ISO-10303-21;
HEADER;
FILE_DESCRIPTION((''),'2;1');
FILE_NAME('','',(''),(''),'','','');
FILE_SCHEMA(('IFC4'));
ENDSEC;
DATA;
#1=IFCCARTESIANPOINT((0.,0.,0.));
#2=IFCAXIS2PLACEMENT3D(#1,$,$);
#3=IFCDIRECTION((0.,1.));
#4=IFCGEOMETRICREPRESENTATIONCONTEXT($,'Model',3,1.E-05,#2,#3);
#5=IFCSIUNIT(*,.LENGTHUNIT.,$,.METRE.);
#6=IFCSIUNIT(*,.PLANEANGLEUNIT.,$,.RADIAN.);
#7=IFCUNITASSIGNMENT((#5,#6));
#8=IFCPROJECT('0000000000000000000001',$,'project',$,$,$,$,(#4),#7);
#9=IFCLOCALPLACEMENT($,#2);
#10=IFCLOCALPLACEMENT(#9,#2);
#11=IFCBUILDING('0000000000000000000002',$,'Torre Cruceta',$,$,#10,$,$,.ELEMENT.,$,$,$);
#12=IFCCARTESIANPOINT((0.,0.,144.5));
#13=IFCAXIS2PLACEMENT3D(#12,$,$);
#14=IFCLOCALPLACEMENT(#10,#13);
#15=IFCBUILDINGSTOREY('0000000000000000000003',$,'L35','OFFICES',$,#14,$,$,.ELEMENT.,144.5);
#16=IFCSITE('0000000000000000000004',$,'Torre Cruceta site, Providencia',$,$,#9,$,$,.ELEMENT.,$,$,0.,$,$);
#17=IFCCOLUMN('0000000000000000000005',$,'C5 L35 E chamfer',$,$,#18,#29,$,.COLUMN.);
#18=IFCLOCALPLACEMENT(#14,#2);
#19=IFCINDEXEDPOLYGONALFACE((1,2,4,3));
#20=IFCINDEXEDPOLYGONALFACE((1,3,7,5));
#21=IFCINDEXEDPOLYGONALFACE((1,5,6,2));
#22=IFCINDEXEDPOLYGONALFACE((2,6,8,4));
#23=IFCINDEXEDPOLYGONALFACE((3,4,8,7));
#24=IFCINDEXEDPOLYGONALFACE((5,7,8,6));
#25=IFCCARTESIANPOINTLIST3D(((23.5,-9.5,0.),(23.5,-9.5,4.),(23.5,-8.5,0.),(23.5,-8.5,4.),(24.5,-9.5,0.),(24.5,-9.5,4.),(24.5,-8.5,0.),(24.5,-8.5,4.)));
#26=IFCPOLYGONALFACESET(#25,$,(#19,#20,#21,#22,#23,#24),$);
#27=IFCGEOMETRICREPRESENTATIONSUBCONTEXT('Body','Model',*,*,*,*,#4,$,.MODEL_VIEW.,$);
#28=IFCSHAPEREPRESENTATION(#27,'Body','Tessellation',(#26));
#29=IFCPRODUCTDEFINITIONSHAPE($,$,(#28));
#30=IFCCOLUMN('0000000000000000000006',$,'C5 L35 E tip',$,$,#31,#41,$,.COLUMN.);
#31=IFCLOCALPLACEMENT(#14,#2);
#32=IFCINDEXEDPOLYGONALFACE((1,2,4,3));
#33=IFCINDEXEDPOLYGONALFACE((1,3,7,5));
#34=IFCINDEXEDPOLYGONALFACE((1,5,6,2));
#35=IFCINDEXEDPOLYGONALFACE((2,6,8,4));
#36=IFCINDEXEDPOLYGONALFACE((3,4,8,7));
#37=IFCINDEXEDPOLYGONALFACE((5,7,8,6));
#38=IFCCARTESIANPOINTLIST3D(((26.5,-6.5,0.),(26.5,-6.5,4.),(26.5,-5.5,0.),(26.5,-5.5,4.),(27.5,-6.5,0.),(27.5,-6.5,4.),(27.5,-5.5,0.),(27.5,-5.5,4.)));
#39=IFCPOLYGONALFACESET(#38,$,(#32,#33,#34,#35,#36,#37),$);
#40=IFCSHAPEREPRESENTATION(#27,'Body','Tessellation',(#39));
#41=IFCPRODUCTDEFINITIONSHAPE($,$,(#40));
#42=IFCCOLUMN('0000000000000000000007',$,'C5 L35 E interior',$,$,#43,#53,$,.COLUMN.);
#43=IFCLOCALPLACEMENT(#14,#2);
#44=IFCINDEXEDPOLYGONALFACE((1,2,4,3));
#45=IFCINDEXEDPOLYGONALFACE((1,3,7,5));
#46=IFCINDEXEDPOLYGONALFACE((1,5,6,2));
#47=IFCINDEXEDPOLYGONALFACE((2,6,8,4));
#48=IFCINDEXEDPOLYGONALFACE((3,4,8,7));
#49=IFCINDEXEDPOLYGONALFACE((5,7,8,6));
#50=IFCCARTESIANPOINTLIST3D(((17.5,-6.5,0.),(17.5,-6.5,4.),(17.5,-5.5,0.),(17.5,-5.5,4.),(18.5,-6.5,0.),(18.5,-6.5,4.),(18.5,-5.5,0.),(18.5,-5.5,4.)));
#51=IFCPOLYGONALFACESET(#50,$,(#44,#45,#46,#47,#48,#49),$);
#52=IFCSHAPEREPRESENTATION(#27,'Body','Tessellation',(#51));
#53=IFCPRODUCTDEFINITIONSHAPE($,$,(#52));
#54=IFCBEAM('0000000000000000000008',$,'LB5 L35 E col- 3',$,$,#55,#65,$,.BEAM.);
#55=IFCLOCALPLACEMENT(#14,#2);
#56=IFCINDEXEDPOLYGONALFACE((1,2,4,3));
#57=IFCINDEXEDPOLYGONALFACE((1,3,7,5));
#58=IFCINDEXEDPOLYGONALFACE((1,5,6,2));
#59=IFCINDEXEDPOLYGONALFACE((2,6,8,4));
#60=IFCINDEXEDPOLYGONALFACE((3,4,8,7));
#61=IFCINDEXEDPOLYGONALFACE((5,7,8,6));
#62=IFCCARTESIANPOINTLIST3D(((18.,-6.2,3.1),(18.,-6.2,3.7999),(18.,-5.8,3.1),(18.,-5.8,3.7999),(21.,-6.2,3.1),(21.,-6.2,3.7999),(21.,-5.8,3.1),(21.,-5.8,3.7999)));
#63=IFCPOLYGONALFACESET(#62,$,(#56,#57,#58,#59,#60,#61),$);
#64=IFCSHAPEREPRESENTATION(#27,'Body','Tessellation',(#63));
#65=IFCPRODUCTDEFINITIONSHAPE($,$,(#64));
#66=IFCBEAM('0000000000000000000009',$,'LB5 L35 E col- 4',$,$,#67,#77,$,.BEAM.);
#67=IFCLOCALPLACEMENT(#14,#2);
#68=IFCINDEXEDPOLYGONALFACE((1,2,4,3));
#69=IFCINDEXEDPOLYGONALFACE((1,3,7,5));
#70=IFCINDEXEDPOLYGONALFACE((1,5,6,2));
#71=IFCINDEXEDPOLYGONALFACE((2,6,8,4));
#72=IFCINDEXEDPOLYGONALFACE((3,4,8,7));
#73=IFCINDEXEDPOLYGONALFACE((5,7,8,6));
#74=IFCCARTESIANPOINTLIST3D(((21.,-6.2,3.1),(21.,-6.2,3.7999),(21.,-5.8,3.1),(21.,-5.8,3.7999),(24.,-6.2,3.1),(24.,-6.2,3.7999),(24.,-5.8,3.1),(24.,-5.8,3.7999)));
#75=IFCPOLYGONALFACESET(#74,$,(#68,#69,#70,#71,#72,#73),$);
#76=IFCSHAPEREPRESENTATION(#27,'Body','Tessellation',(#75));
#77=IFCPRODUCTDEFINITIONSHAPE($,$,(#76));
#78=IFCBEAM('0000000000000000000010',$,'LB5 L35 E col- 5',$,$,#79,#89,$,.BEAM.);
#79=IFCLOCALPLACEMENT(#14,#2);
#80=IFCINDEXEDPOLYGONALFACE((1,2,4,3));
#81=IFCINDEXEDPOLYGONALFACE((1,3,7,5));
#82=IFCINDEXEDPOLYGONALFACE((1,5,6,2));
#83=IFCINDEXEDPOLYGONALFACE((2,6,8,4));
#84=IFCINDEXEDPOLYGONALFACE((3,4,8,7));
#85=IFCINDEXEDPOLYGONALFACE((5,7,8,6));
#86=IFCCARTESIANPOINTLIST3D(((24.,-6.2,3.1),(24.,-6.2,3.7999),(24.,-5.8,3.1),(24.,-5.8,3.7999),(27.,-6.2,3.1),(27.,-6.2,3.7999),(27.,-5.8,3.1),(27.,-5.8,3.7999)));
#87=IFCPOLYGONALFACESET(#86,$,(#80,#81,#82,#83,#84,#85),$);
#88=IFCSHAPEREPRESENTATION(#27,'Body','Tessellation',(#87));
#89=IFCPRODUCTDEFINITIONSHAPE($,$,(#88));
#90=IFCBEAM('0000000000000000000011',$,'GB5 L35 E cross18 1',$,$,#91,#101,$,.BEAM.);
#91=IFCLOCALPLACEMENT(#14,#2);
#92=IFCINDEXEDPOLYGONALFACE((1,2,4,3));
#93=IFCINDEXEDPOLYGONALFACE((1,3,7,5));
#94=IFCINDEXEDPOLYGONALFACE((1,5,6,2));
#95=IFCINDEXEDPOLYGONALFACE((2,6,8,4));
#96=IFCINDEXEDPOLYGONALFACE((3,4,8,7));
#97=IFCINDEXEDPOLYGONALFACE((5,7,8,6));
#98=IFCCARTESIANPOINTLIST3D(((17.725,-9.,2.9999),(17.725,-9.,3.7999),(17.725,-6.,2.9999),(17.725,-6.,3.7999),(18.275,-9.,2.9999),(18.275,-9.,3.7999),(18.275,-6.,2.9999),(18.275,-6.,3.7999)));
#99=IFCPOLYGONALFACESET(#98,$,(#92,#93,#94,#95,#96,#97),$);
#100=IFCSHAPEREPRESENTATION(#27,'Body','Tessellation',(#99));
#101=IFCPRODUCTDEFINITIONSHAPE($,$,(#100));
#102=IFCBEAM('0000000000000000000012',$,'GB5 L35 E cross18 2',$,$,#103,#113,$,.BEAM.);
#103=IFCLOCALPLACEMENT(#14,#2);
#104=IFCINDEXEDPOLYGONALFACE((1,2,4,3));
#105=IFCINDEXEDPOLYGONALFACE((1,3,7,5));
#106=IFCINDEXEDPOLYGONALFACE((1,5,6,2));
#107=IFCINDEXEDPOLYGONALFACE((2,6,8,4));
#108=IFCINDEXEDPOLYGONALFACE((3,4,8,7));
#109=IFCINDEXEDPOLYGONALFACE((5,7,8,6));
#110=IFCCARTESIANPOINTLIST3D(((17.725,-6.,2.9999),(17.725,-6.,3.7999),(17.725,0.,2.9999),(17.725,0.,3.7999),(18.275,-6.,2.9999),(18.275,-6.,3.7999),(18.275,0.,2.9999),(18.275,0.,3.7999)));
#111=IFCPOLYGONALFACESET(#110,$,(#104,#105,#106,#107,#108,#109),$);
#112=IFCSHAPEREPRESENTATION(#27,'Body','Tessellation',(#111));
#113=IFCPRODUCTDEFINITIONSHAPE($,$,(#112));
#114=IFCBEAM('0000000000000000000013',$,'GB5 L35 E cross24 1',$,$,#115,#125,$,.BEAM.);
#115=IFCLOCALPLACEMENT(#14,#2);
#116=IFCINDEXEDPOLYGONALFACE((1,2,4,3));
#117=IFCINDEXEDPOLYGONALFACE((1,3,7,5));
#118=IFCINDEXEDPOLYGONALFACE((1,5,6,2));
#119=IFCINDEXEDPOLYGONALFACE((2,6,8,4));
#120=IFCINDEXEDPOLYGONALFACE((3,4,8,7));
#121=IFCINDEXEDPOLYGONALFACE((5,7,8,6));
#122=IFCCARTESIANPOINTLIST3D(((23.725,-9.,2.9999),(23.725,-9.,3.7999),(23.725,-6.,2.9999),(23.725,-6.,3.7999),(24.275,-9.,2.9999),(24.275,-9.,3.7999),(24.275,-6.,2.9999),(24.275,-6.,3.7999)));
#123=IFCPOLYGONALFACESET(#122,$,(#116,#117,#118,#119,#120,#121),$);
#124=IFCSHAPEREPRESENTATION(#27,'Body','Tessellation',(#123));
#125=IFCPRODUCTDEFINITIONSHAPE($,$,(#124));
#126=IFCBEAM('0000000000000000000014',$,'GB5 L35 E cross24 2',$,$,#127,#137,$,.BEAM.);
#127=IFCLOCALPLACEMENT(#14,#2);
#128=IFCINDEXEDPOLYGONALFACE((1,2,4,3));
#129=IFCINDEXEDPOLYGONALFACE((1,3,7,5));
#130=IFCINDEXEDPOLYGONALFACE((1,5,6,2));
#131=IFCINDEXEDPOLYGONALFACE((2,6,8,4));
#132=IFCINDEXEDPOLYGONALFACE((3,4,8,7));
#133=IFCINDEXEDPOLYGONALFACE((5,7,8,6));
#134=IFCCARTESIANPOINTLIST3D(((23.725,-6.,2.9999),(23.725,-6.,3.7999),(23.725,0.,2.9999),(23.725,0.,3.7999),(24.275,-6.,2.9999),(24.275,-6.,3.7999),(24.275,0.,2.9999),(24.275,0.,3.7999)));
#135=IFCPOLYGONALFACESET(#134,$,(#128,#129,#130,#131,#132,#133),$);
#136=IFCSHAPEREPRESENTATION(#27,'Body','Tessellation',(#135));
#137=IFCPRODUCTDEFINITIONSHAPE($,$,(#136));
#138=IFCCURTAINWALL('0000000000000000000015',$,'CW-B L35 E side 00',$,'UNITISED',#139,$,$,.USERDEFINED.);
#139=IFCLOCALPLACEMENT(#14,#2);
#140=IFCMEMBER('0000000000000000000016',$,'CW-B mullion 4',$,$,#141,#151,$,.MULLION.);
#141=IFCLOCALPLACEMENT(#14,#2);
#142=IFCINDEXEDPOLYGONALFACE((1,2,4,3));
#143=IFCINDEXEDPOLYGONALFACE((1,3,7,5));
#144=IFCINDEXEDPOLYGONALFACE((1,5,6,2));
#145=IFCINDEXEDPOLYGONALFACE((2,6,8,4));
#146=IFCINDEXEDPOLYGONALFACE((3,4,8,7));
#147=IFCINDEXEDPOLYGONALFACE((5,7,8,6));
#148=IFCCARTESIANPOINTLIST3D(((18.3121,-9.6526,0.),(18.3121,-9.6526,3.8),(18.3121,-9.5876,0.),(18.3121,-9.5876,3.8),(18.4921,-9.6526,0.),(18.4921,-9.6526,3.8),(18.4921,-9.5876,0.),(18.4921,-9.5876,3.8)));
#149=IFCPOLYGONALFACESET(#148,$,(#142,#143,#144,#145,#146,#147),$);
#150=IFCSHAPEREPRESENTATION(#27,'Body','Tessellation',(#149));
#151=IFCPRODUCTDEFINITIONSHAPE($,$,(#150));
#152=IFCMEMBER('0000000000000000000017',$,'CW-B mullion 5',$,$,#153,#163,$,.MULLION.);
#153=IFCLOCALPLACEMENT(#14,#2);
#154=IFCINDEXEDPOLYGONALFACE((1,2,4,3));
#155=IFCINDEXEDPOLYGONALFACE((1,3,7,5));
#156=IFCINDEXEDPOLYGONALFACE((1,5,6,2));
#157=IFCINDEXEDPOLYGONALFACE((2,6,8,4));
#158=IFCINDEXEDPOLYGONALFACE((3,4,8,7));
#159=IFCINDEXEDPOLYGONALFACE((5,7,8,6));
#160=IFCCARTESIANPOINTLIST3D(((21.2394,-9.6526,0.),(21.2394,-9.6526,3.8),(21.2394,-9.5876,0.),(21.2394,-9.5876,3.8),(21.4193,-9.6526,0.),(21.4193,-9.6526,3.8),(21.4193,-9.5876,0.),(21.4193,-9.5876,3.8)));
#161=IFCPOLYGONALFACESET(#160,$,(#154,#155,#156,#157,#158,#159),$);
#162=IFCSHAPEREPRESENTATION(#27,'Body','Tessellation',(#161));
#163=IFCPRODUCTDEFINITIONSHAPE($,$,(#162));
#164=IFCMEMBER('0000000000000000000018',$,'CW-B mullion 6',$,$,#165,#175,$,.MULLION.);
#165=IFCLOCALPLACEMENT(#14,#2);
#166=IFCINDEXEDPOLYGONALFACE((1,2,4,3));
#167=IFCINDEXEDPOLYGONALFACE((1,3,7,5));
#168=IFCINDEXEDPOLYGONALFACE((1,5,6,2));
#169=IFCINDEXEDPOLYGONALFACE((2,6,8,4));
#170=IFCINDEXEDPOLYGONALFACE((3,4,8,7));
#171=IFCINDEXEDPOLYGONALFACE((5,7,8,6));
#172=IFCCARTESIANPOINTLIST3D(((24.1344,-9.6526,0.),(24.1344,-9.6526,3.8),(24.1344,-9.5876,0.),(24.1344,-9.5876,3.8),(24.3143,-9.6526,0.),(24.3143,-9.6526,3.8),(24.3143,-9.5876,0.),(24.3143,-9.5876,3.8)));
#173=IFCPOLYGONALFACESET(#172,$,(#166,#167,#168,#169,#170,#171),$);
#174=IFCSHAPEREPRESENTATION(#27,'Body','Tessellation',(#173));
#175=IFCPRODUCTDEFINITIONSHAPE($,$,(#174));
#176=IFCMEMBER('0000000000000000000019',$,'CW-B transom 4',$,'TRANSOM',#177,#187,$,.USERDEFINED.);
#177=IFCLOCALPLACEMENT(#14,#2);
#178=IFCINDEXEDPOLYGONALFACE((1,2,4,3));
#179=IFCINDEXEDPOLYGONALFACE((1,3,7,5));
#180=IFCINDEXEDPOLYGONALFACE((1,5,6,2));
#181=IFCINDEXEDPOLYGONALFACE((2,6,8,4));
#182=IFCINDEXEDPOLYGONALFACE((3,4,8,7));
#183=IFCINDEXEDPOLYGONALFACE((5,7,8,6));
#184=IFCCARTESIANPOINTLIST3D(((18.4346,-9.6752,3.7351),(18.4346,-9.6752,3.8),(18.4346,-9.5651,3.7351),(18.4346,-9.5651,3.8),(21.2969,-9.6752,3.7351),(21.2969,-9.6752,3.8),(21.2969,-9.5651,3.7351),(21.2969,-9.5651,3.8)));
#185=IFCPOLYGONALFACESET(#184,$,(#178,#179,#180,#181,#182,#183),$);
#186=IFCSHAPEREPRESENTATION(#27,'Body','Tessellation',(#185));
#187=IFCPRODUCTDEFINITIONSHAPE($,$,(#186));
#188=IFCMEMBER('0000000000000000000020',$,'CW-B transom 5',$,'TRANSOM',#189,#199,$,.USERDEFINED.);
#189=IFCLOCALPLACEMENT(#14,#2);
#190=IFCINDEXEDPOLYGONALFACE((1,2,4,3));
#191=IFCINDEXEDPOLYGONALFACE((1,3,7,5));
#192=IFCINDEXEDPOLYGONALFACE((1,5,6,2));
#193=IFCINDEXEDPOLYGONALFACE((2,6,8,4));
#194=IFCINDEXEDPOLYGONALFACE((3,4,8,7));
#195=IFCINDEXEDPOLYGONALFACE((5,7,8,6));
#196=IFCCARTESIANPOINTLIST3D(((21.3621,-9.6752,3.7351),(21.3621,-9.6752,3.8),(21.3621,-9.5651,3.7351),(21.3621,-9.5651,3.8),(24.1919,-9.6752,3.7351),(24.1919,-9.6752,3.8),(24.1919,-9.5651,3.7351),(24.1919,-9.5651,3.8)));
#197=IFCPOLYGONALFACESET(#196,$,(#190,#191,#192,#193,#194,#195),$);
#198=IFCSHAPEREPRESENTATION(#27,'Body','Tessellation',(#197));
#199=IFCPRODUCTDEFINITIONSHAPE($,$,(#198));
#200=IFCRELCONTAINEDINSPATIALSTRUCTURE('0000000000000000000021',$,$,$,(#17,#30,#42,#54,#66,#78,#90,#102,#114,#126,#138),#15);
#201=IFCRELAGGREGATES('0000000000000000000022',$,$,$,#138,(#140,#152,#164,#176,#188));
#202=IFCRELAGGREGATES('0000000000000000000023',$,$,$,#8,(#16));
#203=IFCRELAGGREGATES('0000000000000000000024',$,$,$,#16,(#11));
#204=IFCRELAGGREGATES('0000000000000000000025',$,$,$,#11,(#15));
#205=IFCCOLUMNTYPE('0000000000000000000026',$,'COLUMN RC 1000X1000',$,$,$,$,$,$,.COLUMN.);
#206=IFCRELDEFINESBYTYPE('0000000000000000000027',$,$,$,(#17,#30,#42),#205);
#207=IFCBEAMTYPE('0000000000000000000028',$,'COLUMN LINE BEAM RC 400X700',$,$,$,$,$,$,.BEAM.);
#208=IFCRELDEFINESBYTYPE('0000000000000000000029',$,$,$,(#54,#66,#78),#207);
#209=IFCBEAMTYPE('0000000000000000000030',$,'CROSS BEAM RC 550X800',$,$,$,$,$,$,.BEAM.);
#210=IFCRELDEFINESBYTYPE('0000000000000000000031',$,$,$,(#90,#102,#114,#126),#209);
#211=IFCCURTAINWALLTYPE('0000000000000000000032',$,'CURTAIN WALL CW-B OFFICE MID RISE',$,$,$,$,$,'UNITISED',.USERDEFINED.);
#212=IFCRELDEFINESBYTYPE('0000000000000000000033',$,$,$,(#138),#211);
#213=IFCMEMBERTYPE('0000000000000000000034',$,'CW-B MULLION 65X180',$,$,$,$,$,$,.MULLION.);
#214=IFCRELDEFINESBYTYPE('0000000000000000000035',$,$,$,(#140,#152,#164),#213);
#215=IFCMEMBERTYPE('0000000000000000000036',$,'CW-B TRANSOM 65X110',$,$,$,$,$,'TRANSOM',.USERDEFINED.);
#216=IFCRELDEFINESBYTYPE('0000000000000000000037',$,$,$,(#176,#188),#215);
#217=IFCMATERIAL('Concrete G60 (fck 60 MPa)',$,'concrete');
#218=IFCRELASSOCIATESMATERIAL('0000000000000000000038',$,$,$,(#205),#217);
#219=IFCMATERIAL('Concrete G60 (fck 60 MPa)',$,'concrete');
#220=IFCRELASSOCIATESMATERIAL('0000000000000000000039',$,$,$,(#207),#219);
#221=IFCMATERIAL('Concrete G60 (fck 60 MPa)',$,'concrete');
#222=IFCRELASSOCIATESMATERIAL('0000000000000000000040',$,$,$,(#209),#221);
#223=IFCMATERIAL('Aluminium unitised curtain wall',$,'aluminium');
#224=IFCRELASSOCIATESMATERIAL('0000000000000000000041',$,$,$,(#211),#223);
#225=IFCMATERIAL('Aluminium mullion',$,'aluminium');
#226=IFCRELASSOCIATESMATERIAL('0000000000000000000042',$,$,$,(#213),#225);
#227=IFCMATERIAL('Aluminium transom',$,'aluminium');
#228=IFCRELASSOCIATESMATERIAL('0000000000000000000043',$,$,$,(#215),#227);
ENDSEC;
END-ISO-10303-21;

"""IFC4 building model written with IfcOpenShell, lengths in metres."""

from ifc_helpers import new_model, si_unit, direction, frame, origin, origin_2d, place, context, subcontext, project, spatial, rectangle, extrude, material, material_profile, profile_set, type_object, element, aggregate, save


model = new_model("IFC4")

# Units and contexts
model_context = context("Model", 3, precision=1e-05, world=origin(), true_north=direction((0.0, 1.0)))
body_context = subcontext(model_context, "Body", "Model", "MODEL_VIEW")
ifc_project = project(units=[si_unit("LENGTHUNIT", "METRE"), si_unit("PLANEANGLEUNIT", "RADIAN")], contexts=[model_context])

# Site, building, storey
site_placement = place(None, origin())
site = spatial("IfcSite", under=ifc_project, at=site_placement, Name="Torre Cruceta site, Providencia", CompositionType="ELEMENT", RefElevation=0.0)
building_placement = place(site_placement, origin())
building = spatial("IfcBuilding", under=site, at=building_placement, Name="Torre Cruceta", CompositionType="ELEMENT")
storey_placement = place(building_placement, frame((0.0, 0.0, 144.5)))
storey = spatial("IfcBuildingStorey", under=building, at=storey_placement, Name="L35", Description="OFFICES", CompositionType="ELEMENT", Elevation=144.5)

# Columns
ifc_material_1 = material(Name="Concrete G60 (fck 60 MPa)", Category="concrete")
ifc_material_profile_1 = material_profile(ifc_material_1, rectangle(XDim=1.0, YDim=1.0, at=origin_2d()), Name="RC 1000X1000")
ifc_profile_set_1 = profile_set([ifc_material_profile_1], Name="Concrete G60 (fck 60 MPa)")
column_type = type_object("IfcColumnType", Name="COLUMN RC 1000X1000", PredefinedType="COLUMN", material=ifc_profile_set_1)
for number, where, z_axis, x_axis, name in (
    (1, (24.0, -9.0, 0.0), (0.0, 0.0, 1.0), (1.0, 0.0, 0.0), "C5 L35 E chamfer"),
    (2, (27.0, -6.0, 0.0), (0.0, 0.0, 1.0), (1.0, 0.0, 0.0), "C5 L35 E tip"),
    (3, (18.0, -6.0, 0.0), (0.0, 0.0, 1.0), (1.0, 0.0, 0.0), "C5 L35 E interior"),
):
    element("IfcColumn", number, at=place(storey_placement, frame(where, z_axis=z_axis, x_axis=x_axis)), inside=storey, type_object=column_type, Name=name, PredefinedType="COLUMN", context=body_context, shape_type="SweptSolid", body=[
        extrude(rectangle(XDim=1.0, YDim=1.0, at=origin_2d()), origin(), (0.0, 0.0, 1.0), 4.0),
    ])

# Beams
ifc_material_2 = material(Name="Concrete G60 (fck 60 MPa)", Category="concrete")
ifc_material_profile_2 = material_profile(ifc_material_2, rectangle(XDim=0.3999, YDim=0.7, at=origin_2d()), Name="RC 400X700")
ifc_profile_set_2 = profile_set([ifc_material_profile_2], Name="Concrete G60 (fck 60 MPa)")
beam_type_1 = type_object("IfcBeamType", Name="COLUMN LINE BEAM RC 400X700", PredefinedType="BEAM", material=ifc_profile_set_2)
for number, where, z_axis, x_axis, name in (
    (4, (18.0, -6.0, 3.45), (1.0, 0.0, 0.0), (0.0, 1.0, 0.0), "LB5 L35 E col- 3"),
    (5, (21.0, -6.0, 3.45), (1.0, 0.0, 0.0), (0.0, 1.0, 0.0), "LB5 L35 E col- 4"),
    (6, (24.0, -6.0, 3.45), (1.0, 0.0, 0.0), (0.0, 1.0, 0.0), "LB5 L35 E col- 5"),
):
    element("IfcBeam", number, at=place(storey_placement, frame(where, z_axis=z_axis, x_axis=x_axis)), inside=storey, type_object=beam_type_1, Name=name, PredefinedType="BEAM", context=body_context, shape_type="SweptSolid", body=[
        extrude(rectangle(XDim=0.3999, YDim=0.7, at=origin_2d()), origin(), (0.0, 0.0, 1.0), 3.0),
    ])
ifc_material_3 = material(Name="Concrete G60 (fck 60 MPa)", Category="concrete")
ifc_material_profile_3 = material_profile(ifc_material_3, rectangle(XDim=0.55, YDim=0.8, at=origin_2d()), Name="RC 550X800")
ifc_profile_set_3 = profile_set([ifc_material_profile_3], Name="Concrete G60 (fck 60 MPa)")
beam_type_2 = type_object("IfcBeamType", Name="CROSS BEAM RC 550X800", PredefinedType="BEAM", material=ifc_profile_set_3)
beam_1_placement = place(storey_placement, frame((18.0, -9.0, 3.3999), z_axis=(0.0, 1.0, 0.0), x_axis=(-1.0, 0.0, 0.0)))
element("IfcBeam", 7, at=beam_1_placement, inside=storey, type_object=beam_type_2, Name="GB5 L35 E cross18 1", PredefinedType="BEAM", context=body_context, shape_type="SweptSolid", body=[
    extrude(rectangle(XDim=0.55, YDim=0.8, at=origin_2d()), origin(), (0.0, 0.0, 1.0), 3.0),
])
beam_2_placement = place(storey_placement, frame((18.0, -6.0, 3.3999), z_axis=(0.0, 1.0, 0.0), x_axis=(-1.0, 0.0, 0.0)))
element("IfcBeam", 8, at=beam_2_placement, inside=storey, type_object=beam_type_2, Name="GB5 L35 E cross18 2", PredefinedType="BEAM", context=body_context, shape_type="SweptSolid", body=[
    extrude(rectangle(XDim=0.55, YDim=0.8, at=origin_2d()), origin(), (0.0, 0.0, 1.0), 6.0),
])
beam_3_placement = place(storey_placement, frame((24.0, -9.0, 3.3999), z_axis=(0.0, 1.0, 0.0), x_axis=(-1.0, 0.0, 0.0)))
element("IfcBeam", 9, at=beam_3_placement, inside=storey, type_object=beam_type_2, Name="GB5 L35 E cross24 1", PredefinedType="BEAM", context=body_context, shape_type="SweptSolid", body=[
    extrude(rectangle(XDim=0.55, YDim=0.8, at=origin_2d()), origin(), (0.0, 0.0, 1.0), 3.0),
])
beam_4_placement = place(storey_placement, frame((24.0, -6.0, 3.3999), z_axis=(0.0, 1.0, 0.0), x_axis=(-1.0, 0.0, 0.0)))
element("IfcBeam", 10, at=beam_4_placement, inside=storey, type_object=beam_type_2, Name="GB5 L35 E cross24 2", PredefinedType="BEAM", context=body_context, shape_type="SweptSolid", body=[
    extrude(rectangle(XDim=0.55, YDim=0.8, at=origin_2d()), origin(), (0.0, 0.0, 1.0), 6.0),
])

# Curtain wall, members
ifc_material_4 = material(Name="Aluminium unitised curtain wall", Category="aluminium")
curtain_wall_type = type_object("IfcCurtainWallType", Name="CURTAIN WALL CW-B OFFICE MID RISE", ElementType="UNITISED", PredefinedType="USERDEFINED", material=ifc_material_4)
curtain_wall_placement = place(storey_placement, origin())
curtain_wall = element("IfcCurtainWall", 11, at=curtain_wall_placement, inside=storey, type_object=curtain_wall_type, Name="CW-B L35 E side 00", ObjectType="UNITISED", PredefinedType="USERDEFINED")
ifc_material_5 = material(Name="Aluminium mullion", Category="aluminium")
ifc_material_profile_4 = material_profile(ifc_material_5, rectangle(XDim=0.0649, YDim=0.1799, at=origin_2d()), Name="AL 65X180")
ifc_profile_set_4 = profile_set([ifc_material_profile_4], Name="Aluminium mullion")
member_type_1 = type_object("IfcMemberType", Name="CW-B MULLION 65X180", PredefinedType="MULLION", material=ifc_profile_set_4)
member_1_placement = place(storey_placement, frame((18.4021, -9.6201, 0.0), z_axis=(0.0, 0.0, 1.0), x_axis=(0.0, 1.0, 0.0)))
member_1 = element("IfcMember", 12, at=member_1_placement, type_object=member_type_1, Name="CW-B mullion 4", PredefinedType="MULLION", context=body_context, shape_type="SweptSolid", body=[
    extrude(rectangle(XDim=0.0649, YDim=0.1799, at=origin_2d()), origin(), (0.0, 0.0, 1.0), 3.8),
])
member_2_placement = place(storey_placement, frame((21.3293, -9.6201, 0.0), z_axis=(0.0, 0.0, 1.0), x_axis=(0.0, 1.0, 0.0)))
member_2 = element("IfcMember", 13, at=member_2_placement, type_object=member_type_1, Name="CW-B mullion 5", PredefinedType="MULLION", context=body_context, shape_type="SweptSolid", body=[
    extrude(rectangle(XDim=0.0649, YDim=0.1799, at=origin_2d()), origin(), (0.0, 0.0, 1.0), 3.8),
])
member_3_placement = place(storey_placement, frame((24.2244, -9.6201, 0.0), z_axis=(0.0, 0.0, 1.0), x_axis=(0.0, 1.0, 0.0)))
member_3 = element("IfcMember", 14, at=member_3_placement, type_object=member_type_1, Name="CW-B mullion 6", PredefinedType="MULLION", context=body_context, shape_type="SweptSolid", body=[
    extrude(rectangle(XDim=0.0649, YDim=0.1799, at=origin_2d()), origin(), (0.0, 0.0, 1.0), 3.8),
])
ifc_material_6 = material(Name="Aluminium transom", Category="aluminium")
ifc_material_profile_5 = material_profile(ifc_material_6, rectangle(XDim=0.1101, YDim=0.0649, at=origin_2d()), Name="AL 110X65")
ifc_profile_set_5 = profile_set([ifc_material_profile_5], Name="Aluminium transom")
member_type_2 = type_object("IfcMemberType", Name="CW-B TRANSOM 65X110", ElementType="TRANSOM", PredefinedType="USERDEFINED", material=ifc_profile_set_5)
member_4_placement = place(storey_placement, frame((18.4346, -9.6201, 3.7676), z_axis=(1.0, 0.0, 0.0), x_axis=(0.0, 1.0, 0.0)))
member_4 = element("IfcMember", 15, at=member_4_placement, type_object=member_type_2, Name="CW-B transom 4", ObjectType="TRANSOM", PredefinedType="USERDEFINED", context=body_context, shape_type="SweptSolid", body=[
    extrude(rectangle(XDim=0.1101, YDim=0.0649, at=origin_2d()), origin(), (0.0, 0.0, 1.0), 2.8623),
])
member_5_placement = place(storey_placement, frame((21.3621, -9.6201, 3.7676), z_axis=(1.0, 0.0, 0.0), x_axis=(0.0, 1.0, 0.0)))
member_5 = element("IfcMember", 16, at=member_5_placement, type_object=member_type_2, Name="CW-B transom 5", ObjectType="TRANSOM", PredefinedType="USERDEFINED", context=body_context, shape_type="SweptSolid", body=[
    extrude(rectangle(XDim=0.1101, YDim=0.0649, at=origin_2d()), origin(), (0.0, 0.0, 1.0), 2.8298),
])

aggregate(curtain_wall, [member_1, member_2, member_3, member_4, member_5])

save(model, "model.ifc")
